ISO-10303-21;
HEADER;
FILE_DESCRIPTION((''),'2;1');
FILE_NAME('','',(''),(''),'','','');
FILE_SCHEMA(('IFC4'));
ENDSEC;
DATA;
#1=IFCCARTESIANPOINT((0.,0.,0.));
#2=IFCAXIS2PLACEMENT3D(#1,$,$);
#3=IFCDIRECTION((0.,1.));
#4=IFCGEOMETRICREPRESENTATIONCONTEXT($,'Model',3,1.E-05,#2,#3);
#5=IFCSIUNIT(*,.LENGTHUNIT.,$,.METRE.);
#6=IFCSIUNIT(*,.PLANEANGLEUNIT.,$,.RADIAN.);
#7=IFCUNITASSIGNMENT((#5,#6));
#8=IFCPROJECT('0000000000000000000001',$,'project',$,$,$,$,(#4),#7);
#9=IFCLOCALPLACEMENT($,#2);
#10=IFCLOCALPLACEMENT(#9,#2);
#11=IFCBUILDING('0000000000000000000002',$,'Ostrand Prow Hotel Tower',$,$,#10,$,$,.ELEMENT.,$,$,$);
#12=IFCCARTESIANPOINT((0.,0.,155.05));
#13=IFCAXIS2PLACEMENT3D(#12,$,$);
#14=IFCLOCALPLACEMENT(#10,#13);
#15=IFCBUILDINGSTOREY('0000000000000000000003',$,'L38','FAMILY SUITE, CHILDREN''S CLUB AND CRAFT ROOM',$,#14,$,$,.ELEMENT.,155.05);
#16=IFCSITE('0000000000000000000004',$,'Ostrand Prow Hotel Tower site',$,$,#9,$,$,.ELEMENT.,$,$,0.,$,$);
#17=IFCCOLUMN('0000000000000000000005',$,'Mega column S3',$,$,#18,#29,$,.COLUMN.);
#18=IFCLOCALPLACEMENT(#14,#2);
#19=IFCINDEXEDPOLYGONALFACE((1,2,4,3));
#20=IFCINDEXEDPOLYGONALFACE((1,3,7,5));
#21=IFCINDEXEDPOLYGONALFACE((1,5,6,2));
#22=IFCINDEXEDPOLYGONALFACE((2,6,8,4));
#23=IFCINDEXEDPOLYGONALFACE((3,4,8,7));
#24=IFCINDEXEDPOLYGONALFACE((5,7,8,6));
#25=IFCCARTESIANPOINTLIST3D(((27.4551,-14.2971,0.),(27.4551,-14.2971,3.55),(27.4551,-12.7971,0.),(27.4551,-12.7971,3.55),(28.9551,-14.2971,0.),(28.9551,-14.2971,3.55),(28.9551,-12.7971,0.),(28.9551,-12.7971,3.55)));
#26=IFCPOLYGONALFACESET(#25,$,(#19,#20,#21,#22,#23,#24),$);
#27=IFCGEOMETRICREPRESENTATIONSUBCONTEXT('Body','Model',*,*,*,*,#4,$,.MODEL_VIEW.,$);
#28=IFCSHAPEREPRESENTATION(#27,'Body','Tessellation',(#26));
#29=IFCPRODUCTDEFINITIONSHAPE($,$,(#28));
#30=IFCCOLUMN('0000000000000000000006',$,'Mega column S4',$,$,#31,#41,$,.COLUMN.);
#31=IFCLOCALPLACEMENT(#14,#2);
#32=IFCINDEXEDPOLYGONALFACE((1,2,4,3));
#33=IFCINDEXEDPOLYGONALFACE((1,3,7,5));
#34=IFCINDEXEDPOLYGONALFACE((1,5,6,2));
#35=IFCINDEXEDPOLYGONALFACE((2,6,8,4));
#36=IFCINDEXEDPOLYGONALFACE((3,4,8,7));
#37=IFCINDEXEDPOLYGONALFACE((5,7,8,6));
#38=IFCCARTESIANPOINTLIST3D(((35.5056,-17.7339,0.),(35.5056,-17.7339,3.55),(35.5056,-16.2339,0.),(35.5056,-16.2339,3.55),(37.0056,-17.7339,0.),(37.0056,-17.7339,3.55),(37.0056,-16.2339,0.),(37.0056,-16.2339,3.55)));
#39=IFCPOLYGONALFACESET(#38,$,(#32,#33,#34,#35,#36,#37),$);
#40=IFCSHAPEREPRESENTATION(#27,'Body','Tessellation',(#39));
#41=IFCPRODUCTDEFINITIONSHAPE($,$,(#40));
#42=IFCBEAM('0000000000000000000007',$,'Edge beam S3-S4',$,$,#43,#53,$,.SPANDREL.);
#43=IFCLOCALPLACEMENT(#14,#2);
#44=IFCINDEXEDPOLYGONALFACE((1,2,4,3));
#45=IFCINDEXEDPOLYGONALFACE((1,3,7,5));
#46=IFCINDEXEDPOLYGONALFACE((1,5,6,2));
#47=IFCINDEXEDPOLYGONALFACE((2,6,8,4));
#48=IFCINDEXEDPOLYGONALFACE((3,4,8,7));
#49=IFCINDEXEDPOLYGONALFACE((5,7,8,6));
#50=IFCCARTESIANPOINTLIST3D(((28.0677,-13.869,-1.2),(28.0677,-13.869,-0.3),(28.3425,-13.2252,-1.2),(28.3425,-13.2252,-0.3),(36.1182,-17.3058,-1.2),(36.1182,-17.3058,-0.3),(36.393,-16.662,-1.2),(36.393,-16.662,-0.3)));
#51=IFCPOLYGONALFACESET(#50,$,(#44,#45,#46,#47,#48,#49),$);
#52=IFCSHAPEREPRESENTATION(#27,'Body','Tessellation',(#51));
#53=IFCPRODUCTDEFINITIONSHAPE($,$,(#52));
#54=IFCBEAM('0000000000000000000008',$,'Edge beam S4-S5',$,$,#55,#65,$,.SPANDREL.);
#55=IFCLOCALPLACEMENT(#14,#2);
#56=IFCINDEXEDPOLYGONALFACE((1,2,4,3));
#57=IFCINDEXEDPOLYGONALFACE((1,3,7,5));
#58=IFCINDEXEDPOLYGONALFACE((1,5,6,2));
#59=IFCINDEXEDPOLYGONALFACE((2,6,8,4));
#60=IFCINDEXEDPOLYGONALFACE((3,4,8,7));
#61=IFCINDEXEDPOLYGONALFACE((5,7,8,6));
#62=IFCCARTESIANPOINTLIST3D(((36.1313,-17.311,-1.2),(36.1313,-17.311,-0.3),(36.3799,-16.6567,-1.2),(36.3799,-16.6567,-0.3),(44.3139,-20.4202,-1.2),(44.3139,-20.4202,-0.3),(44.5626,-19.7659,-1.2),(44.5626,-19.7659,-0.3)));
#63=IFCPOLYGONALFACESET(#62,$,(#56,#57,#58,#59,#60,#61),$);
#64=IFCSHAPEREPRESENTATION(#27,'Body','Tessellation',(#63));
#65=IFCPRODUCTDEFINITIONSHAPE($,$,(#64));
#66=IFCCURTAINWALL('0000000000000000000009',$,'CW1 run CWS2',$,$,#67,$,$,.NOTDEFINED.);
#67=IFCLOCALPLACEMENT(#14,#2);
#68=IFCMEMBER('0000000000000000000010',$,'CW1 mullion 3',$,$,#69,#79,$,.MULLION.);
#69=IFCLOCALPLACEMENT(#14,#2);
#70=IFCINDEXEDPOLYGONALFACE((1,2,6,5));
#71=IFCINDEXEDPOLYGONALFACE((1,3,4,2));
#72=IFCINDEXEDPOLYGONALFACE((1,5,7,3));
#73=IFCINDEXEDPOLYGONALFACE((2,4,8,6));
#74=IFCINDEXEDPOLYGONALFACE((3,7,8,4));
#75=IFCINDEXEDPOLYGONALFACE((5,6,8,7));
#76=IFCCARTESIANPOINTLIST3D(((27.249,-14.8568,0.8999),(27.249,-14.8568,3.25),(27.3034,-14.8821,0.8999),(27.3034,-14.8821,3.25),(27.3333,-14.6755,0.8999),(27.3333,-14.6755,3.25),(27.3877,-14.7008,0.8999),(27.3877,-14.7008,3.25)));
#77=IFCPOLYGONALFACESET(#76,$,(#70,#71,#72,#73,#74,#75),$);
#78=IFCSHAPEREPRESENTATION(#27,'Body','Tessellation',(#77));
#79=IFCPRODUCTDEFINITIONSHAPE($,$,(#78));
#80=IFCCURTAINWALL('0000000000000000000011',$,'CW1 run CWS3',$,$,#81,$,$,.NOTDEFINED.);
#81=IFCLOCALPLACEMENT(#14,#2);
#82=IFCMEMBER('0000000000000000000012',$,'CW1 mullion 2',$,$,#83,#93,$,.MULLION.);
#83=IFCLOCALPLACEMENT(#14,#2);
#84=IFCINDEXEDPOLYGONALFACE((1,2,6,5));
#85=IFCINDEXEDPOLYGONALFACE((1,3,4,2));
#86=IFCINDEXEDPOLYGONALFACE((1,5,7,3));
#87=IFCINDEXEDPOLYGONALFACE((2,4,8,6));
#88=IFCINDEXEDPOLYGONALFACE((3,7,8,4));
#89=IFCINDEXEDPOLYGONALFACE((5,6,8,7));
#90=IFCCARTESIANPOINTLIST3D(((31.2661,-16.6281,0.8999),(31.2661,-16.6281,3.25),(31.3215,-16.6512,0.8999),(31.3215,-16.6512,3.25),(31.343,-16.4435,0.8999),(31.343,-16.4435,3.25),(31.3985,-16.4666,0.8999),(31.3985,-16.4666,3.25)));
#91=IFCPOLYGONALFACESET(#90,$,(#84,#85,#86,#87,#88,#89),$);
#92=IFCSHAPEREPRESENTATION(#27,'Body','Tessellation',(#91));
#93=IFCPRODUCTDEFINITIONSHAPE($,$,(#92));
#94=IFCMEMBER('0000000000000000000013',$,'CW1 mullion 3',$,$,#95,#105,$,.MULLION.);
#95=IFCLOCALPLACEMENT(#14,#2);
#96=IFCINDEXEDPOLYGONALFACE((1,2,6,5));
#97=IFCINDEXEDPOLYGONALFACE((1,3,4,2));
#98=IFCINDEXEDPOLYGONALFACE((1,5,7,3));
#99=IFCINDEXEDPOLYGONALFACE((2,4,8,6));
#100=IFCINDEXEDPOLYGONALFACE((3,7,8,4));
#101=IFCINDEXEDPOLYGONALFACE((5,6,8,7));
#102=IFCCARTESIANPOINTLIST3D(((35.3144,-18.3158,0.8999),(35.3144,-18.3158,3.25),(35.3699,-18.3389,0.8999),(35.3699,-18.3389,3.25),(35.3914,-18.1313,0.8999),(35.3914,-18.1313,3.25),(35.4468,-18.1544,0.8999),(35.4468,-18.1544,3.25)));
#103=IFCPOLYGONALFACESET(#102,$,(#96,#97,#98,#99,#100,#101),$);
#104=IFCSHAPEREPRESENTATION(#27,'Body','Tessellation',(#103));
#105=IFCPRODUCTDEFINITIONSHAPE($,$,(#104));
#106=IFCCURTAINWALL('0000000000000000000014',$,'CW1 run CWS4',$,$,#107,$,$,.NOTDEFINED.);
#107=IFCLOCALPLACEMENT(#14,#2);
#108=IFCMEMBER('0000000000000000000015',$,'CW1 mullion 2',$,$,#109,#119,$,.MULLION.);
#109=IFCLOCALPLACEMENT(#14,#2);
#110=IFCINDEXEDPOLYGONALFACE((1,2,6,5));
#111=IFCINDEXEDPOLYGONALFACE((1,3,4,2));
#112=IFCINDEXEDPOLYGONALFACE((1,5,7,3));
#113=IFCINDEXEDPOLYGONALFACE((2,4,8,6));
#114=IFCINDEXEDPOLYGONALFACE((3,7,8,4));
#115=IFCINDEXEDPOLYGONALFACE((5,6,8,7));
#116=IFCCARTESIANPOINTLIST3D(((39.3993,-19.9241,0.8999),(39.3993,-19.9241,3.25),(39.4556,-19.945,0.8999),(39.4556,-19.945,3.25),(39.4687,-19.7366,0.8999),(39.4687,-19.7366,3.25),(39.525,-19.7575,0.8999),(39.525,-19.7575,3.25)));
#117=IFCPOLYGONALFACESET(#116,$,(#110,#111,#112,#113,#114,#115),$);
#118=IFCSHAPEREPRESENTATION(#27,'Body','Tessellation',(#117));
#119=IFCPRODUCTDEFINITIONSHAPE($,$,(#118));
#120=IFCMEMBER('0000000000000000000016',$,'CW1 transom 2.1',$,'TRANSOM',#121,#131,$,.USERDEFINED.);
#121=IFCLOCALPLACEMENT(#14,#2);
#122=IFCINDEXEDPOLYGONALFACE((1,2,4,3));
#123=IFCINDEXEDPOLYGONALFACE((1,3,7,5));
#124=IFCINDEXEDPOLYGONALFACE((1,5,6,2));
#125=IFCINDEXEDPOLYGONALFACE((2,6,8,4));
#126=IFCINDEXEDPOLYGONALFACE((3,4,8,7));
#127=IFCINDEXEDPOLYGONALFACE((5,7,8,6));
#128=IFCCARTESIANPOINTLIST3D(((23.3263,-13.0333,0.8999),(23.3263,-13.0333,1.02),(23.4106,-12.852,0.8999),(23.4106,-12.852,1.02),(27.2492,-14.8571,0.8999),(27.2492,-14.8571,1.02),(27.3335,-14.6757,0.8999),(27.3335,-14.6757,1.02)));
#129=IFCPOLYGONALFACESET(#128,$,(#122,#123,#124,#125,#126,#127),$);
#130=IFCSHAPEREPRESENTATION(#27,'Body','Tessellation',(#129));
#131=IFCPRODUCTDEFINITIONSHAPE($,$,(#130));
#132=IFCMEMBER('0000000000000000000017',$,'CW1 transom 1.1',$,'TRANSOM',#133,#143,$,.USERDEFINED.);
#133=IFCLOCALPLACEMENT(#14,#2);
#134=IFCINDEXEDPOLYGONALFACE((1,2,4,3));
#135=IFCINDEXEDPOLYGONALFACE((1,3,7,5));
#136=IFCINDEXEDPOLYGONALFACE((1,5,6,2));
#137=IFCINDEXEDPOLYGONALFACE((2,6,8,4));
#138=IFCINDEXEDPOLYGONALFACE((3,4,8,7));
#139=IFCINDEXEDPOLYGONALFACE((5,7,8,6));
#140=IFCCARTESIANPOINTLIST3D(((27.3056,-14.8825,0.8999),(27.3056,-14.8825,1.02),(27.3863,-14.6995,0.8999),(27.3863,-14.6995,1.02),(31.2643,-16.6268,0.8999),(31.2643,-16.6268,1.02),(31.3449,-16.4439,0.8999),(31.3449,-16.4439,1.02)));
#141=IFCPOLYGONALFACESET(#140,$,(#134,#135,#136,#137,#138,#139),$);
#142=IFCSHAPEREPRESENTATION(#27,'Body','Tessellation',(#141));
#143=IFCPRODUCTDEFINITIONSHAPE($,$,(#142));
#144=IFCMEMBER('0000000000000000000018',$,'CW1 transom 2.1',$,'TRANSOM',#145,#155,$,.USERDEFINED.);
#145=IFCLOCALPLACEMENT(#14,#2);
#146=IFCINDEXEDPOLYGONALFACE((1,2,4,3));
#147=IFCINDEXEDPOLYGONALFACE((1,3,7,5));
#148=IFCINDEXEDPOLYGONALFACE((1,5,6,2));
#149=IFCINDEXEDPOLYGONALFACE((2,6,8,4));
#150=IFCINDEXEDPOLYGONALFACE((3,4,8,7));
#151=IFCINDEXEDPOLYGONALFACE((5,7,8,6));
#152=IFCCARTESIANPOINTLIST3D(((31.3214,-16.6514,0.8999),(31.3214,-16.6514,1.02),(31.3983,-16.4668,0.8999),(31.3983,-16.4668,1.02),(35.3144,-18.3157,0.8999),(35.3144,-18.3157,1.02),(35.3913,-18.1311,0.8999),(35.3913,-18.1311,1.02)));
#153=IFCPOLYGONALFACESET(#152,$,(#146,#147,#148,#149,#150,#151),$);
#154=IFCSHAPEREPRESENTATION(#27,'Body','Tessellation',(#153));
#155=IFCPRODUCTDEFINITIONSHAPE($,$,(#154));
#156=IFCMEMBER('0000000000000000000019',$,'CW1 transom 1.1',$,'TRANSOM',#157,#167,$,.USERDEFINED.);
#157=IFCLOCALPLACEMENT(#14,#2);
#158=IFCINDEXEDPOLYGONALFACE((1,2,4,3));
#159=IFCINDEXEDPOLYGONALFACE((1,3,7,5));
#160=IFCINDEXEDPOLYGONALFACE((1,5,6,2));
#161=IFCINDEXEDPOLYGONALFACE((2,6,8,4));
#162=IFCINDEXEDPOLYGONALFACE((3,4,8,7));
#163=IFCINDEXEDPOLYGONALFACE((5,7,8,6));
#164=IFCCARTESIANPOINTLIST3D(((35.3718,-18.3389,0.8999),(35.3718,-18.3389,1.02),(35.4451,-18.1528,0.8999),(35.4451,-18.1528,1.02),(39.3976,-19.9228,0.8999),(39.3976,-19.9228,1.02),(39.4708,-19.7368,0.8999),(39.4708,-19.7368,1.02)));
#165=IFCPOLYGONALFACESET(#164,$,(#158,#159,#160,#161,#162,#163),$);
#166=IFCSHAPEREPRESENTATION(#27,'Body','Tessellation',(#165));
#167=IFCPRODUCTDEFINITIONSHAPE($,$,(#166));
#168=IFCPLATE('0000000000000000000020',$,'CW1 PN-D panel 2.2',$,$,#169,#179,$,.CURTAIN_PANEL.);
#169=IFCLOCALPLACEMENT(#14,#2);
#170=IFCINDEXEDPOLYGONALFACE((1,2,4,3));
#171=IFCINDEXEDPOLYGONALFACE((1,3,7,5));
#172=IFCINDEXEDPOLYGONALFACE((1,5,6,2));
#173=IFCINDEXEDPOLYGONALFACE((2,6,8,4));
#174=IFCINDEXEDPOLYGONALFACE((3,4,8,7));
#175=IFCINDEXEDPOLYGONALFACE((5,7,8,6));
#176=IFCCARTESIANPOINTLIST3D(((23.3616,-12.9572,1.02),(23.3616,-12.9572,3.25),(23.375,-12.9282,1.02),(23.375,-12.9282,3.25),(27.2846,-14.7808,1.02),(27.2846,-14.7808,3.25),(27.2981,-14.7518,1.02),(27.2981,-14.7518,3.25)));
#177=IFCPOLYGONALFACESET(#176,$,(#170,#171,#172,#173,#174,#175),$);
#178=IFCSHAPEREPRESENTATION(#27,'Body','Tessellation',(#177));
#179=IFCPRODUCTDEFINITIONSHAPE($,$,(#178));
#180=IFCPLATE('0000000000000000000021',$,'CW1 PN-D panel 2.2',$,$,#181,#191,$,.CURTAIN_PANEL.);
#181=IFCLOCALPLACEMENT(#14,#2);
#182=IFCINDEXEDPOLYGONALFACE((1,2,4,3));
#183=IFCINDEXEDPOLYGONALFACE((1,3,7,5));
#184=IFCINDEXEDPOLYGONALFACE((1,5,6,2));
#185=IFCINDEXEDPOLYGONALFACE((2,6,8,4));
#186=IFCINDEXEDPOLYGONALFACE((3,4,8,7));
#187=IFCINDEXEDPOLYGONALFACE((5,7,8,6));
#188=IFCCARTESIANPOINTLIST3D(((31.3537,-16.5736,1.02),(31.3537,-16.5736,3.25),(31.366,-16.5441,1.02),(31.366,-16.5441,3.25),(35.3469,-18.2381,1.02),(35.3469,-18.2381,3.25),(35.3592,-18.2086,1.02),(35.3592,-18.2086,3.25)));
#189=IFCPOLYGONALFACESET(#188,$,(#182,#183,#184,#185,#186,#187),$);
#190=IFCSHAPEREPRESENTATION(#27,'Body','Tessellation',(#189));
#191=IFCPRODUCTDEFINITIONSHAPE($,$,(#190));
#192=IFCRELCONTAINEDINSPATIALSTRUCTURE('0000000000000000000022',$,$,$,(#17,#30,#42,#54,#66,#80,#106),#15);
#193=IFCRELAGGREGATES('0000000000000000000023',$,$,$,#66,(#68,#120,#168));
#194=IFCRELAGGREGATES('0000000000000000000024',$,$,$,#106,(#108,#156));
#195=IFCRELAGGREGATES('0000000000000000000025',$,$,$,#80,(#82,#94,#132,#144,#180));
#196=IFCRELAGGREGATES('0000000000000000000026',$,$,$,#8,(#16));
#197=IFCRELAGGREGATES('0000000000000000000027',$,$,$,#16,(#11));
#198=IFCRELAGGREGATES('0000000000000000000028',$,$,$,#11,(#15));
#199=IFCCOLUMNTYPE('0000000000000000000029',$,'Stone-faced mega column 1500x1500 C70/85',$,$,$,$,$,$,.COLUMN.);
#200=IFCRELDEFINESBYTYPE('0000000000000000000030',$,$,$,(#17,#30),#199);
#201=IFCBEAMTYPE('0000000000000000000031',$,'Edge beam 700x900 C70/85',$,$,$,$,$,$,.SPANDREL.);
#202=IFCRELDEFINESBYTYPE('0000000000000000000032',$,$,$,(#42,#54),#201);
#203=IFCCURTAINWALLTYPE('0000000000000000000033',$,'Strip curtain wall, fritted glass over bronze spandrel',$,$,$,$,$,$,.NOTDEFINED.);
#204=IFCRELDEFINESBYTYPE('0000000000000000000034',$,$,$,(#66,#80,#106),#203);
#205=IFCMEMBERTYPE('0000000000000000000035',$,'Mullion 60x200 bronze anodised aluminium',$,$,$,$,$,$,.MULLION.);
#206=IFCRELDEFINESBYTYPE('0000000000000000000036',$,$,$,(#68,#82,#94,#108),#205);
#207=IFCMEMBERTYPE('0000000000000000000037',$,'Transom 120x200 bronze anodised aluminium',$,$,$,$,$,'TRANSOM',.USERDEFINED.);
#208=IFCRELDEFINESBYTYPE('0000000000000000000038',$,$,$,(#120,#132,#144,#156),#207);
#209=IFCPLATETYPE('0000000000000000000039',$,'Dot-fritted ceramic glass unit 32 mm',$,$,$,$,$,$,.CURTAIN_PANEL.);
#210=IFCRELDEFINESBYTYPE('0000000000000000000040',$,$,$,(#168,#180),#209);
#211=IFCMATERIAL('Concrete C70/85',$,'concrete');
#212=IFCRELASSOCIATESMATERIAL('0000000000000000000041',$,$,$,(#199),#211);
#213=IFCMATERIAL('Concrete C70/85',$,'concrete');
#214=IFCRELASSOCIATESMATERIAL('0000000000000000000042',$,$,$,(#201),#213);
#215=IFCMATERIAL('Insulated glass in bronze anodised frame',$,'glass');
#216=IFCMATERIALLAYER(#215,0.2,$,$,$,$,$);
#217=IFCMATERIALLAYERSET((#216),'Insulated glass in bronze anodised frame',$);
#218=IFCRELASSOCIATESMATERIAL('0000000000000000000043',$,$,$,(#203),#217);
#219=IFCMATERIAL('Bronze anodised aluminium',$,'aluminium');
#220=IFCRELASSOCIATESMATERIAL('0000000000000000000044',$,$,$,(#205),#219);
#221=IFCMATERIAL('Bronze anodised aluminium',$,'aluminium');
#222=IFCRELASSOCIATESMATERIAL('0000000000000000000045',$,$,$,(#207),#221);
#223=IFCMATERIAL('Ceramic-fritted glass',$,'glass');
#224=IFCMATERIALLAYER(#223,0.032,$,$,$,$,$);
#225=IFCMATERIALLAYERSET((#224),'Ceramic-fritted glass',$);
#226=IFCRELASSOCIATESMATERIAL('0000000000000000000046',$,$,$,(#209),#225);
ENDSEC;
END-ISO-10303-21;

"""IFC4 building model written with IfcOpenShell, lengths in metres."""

from ifc_helpers import new_model, si_unit, direction, frame, origin, origin_2d, place, context, subcontext, project, spatial, rectangle, extrude, material, layer, layer_set, material_profile, profile_set, type_object, element, aggregate, save


model = new_model("IFC4")

# Units and contexts
model_context = context("Model", 3, precision=1e-05, world=origin(), true_north=direction((0.0, 1.0)))
body_context = subcontext(model_context, "Body", "Model", "MODEL_VIEW")
ifc_project = project(units=[si_unit("LENGTHUNIT", "METRE"), si_unit("PLANEANGLEUNIT", "RADIAN")], contexts=[model_context])

# Site, building, storey
site_placement = place(None, origin())
site = spatial("IfcSite", under=ifc_project, at=site_placement, Name="Ostrand Prow Hotel Tower site", CompositionType="ELEMENT", RefElevation=0.0)
building_placement = place(site_placement, origin())
building = spatial("IfcBuilding", under=site, at=building_placement, Name="Ostrand Prow Hotel Tower", CompositionType="ELEMENT")
storey_placement = place(building_placement, frame((0.0, 0.0, 155.05)))
storey = spatial("IfcBuildingStorey", under=building, at=storey_placement, Name="L38", Description="FAMILY SUITE, CHILDREN'S CLUB AND CRAFT ROOM", CompositionType="ELEMENT", Elevation=155.05)

# Columns
ifc_material_1 = material(Name="Concrete C70/85", Category="concrete")
ifc_material_profile_1 = material_profile(ifc_material_1, rectangle(XDim=1.5, YDim=1.5, at=origin_2d()), Name="RC 1500x1500")
ifc_profile_set_1 = profile_set([ifc_material_profile_1], Name="Concrete C70/85")
column_type = type_object("IfcColumnType", Name="Stone-faced mega column 1500x1500 C70/85", PredefinedType="COLUMN", material=ifc_profile_set_1)
for number, where, z_axis, x_axis, name in (
    (1, (28.2051, -13.5471, 0.0), (0.0, 0.0, 1.0), (1.0, 0.0, 0.0), "Mega column S3"),
    (2, (36.2556, -16.9839, 0.0), (0.0, 0.0, 1.0), (1.0, 0.0, 0.0), "Mega column S4"),
):
    element("IfcColumn", number, at=place(storey_placement, frame(where, z_axis=z_axis, x_axis=x_axis)), inside=storey, type_object=column_type, Name=name, PredefinedType="COLUMN", context=body_context, shape_type="SweptSolid", body=[
        extrude(rectangle(XDim=1.5, YDim=1.5, at=origin_2d()), origin(), (0.0, 0.0, 1.0), 3.55),
    ])

# Beams
ifc_material_2 = material(Name="Concrete C70/85", Category="concrete")
ifc_material_profile_2 = material_profile(ifc_material_2, rectangle(XDim=0.7, YDim=0.8999, at=origin_2d()), Name="RC 700x900")
ifc_profile_set_2 = profile_set([ifc_material_profile_2], Name="Concrete C70/85")
beam_type = type_object("IfcBeamType", Name="Edge beam 700x900 C70/85", PredefinedType="SPANDREL", material=ifc_profile_set_2)
for number, where, z_axis, x_axis, name in (
    (3, (28.2051, -13.5471, -0.75), (0.919701, -0.39262, 0.0), (0.39262, 0.919701, 0.0), "Edge beam S3-S4"),
    (4, (36.2556, -16.9839, -0.75), (0.934794, -0.355191, 0.0), (0.355191, 0.934794, 0.0), "Edge beam S4-S5"),
):
    element("IfcBeam", number, at=place(storey_placement, frame(where, z_axis=z_axis, x_axis=x_axis)), inside=storey, type_object=beam_type, Name=name, PredefinedType="SPANDREL", context=body_context, shape_type="SweptSolid", body=[
        extrude(rectangle(XDim=0.7, YDim=0.8999, at=origin_2d()), origin(), (0.0, 0.0, 1.0), 8.7534),
    ])

# Curtain wall, member
ifc_material_3 = material(Name="Insulated glass in bronze anodised frame", Category="glass")
ifc_layer_1 = layer(ifc_material_3, 0.2)
ifc_layer_set_1 = layer_set([ifc_layer_1], Name="Insulated glass in bronze anodised frame")
curtain_wall_type = type_object("IfcCurtainWallType", Name="Strip curtain wall, fritted glass over bronze spandrel", PredefinedType="NOTDEFINED", material=ifc_layer_set_1)
curtain_wall_1_placement = place(storey_placement, origin())
curtain_wall_1 = element("IfcCurtainWall", 5, at=curtain_wall_1_placement, inside=storey, type_object=curtain_wall_type, Name="CW1 run CWS2", PredefinedType="NOTDEFINED")
ifc_material_4 = material(Name="Bronze anodised aluminium", Category="aluminium")
ifc_material_profile_3 = material_profile(ifc_material_4, rectangle(XDim=0.2, YDim=0.0601, at=origin_2d()), Name="Mullion 60x200 bronze anodised aluminium")
ifc_profile_set_3 = profile_set([ifc_material_profile_3], Name="Bronze anodised aluminium")
member_type_1 = type_object("IfcMemberType", Name="Mullion 60x200 bronze anodised aluminium", PredefinedType="MULLION", material=ifc_profile_set_3)
member_1_placement = place(storey_placement, frame((27.3184, -14.7788, 0.8999), z_axis=(0.0, 0.0, 1.0), x_axis=(0.421522, 0.906818, 0.0)))
member_1 = element("IfcMember", 6, at=member_1_placement, type_object=member_type_1, Name="CW1 mullion 3", PredefinedType="MULLION", context=body_context, shape_type="SweptSolid", body=[
    extrude(rectangle(XDim=0.2, YDim=0.0601, at=origin_2d()), origin(), (0.0, 0.0, 1.0), 2.3501),
])

# Curtain wall, members
curtain_wall_2_placement = place(storey_placement, origin())
curtain_wall_2 = element("IfcCurtainWall", 7, at=curtain_wall_2_placement, inside=storey, type_object=curtain_wall_type, Name="CW1 run CWS3", PredefinedType="NOTDEFINED")
member_2_placement = place(storey_placement, frame((31.3323, -16.5474, 0.8999), z_axis=(0.0, 0.0, 1.0), x_axis=(0.384743, 0.923024, 0.0)))
member_2 = element("IfcMember", 8, at=member_2_placement, type_object=member_type_1, Name="CW1 mullion 2", PredefinedType="MULLION", context=body_context, shape_type="SweptSolid", body=[
    extrude(rectangle(XDim=0.2, YDim=0.0601, at=origin_2d()), origin(), (0.0, 0.0, 1.0), 2.3501),
])
member_3_placement = place(storey_placement, frame((35.3806, -18.2351, 0.8999), z_axis=(0.0, 0.0, 1.0), x_axis=(0.384743, 0.923024, 0.0)))
member_3 = element("IfcMember", 9, at=member_3_placement, type_object=member_type_1, Name="CW1 mullion 3", PredefinedType="MULLION", context=body_context, shape_type="SweptSolid", body=[
    extrude(rectangle(XDim=0.2, YDim=0.0601, at=origin_2d()), origin(), (0.0, 0.0, 1.0), 2.3501),
])

# Curtain wall, member
curtain_wall_3_placement = place(storey_placement, origin())
curtain_wall_3 = element("IfcCurtainWall", 10, at=curtain_wall_3_placement, inside=storey, type_object=curtain_wall_type, Name="CW1 run CWS4", PredefinedType="NOTDEFINED")
member_4_placement = place(storey_placement, frame((39.4622, -19.8408, 0.8999), z_axis=(0.0, 0.0, 1.0), x_axis=(0.347342, 0.937739, 0.0)))
member_4 = element("IfcMember", 11, at=member_4_placement, type_object=member_type_1, Name="CW1 mullion 2", PredefinedType="MULLION", context=body_context, shape_type="SweptSolid", body=[
    extrude(rectangle(XDim=0.2, YDim=0.0601, at=origin_2d()), origin(), (0.0, 0.0, 1.0), 2.3501),
])

# Members
ifc_material_5 = material(Name="Bronze anodised aluminium", Category="aluminium")
ifc_material_profile_4 = material_profile(ifc_material_5, rectangle(XDim=0.2, YDim=0.1201, at=origin_2d()), Name="Transom 120x200 bronze anodised aluminium")
ifc_profile_set_4 = profile_set([ifc_material_profile_4], Name="Bronze anodised aluminium")
member_type_2 = type_object("IfcMemberType", Name="Transom 120x200 bronze anodised aluminium", ElementType="TRANSOM", PredefinedType="USERDEFINED", material=ifc_profile_set_4)
member_5_placement = place(storey_placement, frame((23.3684, -12.9426, 0.96), z_axis=(0.906796, -0.421569, 0.0), x_axis=(0.421569, 0.906796, 0.0)))
member_5 = element("IfcMember", 12, at=member_5_placement, type_object=member_type_2, Name="CW1 transom 2.1", ObjectType="TRANSOM", PredefinedType="USERDEFINED", context=body_context, shape_type="SweptSolid", body=[
    extrude(rectangle(XDim=0.2, YDim=0.1201, at=origin_2d()), origin(), (0.0, 0.0, 1.0), 4.3262),
])
member_6_placement = place(storey_placement, frame((27.3459, -14.791, 0.96), z_axis=(0.915099, -0.40323, 0.0), x_axis=(0.40323, 0.915099, 0.0)))
member_6 = element("IfcMember", 13, at=member_6_placement, type_object=member_type_2, Name="CW1 transom 1.1", ObjectType="TRANSOM", PredefinedType="USERDEFINED", context=body_context, shape_type="SweptSolid", body=[
    extrude(rectangle(XDim=0.2, YDim=0.1201, at=origin_2d()), origin(), (0.0, 0.0, 1.0), 4.3259),
])
member_7_placement = place(storey_placement, frame((31.3599, -16.5591, 0.96), z_axis=(0.923028, -0.384732, 0.0), x_axis=(0.384732, 0.923028, 0.0)))
member_7 = element("IfcMember", 14, at=member_7_placement, type_object=member_type_2, Name="CW1 transom 2.1", ObjectType="TRANSOM", PredefinedType="USERDEFINED", context=body_context, shape_type="SweptSolid", body=[
    extrude(rectangle(XDim=0.2, YDim=0.1201, at=origin_2d()), origin(), (0.0, 0.0, 1.0), 4.3259),
])
member_8_placement = place(storey_placement, frame((35.4084, -18.2458, 0.96), z_axis=(0.930563, -0.366131, 0.0), x_axis=(0.366131, 0.930563, 0.0)))
member_8 = element("IfcMember", 15, at=member_8_placement, type_object=member_type_2, Name="CW1 transom 1.1", ObjectType="TRANSOM", PredefinedType="USERDEFINED", context=body_context, shape_type="SweptSolid", body=[
    extrude(rectangle(XDim=0.2, YDim=0.1201, at=origin_2d()), origin(), (0.0, 0.0, 1.0), 4.3262),
])

# Plates
ifc_material_6 = material(Name="Ceramic-fritted glass", Category="glass")
ifc_layer_2 = layer(ifc_material_6, 0.032)
ifc_layer_set_2 = layer_set([ifc_layer_2], Name="Ceramic-fritted glass")
plate_type_1 = type_object("IfcPlateType", Name="Dot-fritted ceramic glass unit 32 mm", PredefinedType="CURTAIN_PANEL", material=ifc_layer_set_2)
plate_1_placement = place(storey_placement, frame((25.3298, -13.8545, 1.02), z_axis=(0.0, 0.0, 1.0), x_axis=(0.906818, -0.421522, 0.0)))
plate_1 = element("IfcPlate", 16, at=plate_1_placement, type_object=plate_type_1, Name="CW1 PN-D panel 2.2", PredefinedType="CURTAIN_PANEL", context=body_context, shape_type="SweptSolid", body=[
    extrude(rectangle(XDim=4.3262, YDim=0.032, at=origin_2d()), origin(), (0.0, 0.0, 1.0), 2.23),
])
aggregate(curtain_wall_1, [member_1, member_5, plate_1])
plate_2_placement = place(storey_placement, frame((33.3564, -17.3911, 1.02), z_axis=(0.0, 0.0, 1.0), x_axis=(0.923024, -0.384743, 0.0)))
plate_2 = element("IfcPlate", 17, at=plate_2_placement, type_object=plate_type_1, Name="CW1 PN-D panel 2.2", PredefinedType="CURTAIN_PANEL", context=body_context, shape_type="SweptSolid", body=[
    extrude(rectangle(XDim=4.3262, YDim=0.032, at=origin_2d()), origin(), (0.0, 0.0, 1.0), 2.23),
])
aggregate(curtain_wall_3, [member_4, member_8])
aggregate(curtain_wall_2, [member_2, member_3, member_6, member_7, plate_2])

save(model, "model.ifc")
